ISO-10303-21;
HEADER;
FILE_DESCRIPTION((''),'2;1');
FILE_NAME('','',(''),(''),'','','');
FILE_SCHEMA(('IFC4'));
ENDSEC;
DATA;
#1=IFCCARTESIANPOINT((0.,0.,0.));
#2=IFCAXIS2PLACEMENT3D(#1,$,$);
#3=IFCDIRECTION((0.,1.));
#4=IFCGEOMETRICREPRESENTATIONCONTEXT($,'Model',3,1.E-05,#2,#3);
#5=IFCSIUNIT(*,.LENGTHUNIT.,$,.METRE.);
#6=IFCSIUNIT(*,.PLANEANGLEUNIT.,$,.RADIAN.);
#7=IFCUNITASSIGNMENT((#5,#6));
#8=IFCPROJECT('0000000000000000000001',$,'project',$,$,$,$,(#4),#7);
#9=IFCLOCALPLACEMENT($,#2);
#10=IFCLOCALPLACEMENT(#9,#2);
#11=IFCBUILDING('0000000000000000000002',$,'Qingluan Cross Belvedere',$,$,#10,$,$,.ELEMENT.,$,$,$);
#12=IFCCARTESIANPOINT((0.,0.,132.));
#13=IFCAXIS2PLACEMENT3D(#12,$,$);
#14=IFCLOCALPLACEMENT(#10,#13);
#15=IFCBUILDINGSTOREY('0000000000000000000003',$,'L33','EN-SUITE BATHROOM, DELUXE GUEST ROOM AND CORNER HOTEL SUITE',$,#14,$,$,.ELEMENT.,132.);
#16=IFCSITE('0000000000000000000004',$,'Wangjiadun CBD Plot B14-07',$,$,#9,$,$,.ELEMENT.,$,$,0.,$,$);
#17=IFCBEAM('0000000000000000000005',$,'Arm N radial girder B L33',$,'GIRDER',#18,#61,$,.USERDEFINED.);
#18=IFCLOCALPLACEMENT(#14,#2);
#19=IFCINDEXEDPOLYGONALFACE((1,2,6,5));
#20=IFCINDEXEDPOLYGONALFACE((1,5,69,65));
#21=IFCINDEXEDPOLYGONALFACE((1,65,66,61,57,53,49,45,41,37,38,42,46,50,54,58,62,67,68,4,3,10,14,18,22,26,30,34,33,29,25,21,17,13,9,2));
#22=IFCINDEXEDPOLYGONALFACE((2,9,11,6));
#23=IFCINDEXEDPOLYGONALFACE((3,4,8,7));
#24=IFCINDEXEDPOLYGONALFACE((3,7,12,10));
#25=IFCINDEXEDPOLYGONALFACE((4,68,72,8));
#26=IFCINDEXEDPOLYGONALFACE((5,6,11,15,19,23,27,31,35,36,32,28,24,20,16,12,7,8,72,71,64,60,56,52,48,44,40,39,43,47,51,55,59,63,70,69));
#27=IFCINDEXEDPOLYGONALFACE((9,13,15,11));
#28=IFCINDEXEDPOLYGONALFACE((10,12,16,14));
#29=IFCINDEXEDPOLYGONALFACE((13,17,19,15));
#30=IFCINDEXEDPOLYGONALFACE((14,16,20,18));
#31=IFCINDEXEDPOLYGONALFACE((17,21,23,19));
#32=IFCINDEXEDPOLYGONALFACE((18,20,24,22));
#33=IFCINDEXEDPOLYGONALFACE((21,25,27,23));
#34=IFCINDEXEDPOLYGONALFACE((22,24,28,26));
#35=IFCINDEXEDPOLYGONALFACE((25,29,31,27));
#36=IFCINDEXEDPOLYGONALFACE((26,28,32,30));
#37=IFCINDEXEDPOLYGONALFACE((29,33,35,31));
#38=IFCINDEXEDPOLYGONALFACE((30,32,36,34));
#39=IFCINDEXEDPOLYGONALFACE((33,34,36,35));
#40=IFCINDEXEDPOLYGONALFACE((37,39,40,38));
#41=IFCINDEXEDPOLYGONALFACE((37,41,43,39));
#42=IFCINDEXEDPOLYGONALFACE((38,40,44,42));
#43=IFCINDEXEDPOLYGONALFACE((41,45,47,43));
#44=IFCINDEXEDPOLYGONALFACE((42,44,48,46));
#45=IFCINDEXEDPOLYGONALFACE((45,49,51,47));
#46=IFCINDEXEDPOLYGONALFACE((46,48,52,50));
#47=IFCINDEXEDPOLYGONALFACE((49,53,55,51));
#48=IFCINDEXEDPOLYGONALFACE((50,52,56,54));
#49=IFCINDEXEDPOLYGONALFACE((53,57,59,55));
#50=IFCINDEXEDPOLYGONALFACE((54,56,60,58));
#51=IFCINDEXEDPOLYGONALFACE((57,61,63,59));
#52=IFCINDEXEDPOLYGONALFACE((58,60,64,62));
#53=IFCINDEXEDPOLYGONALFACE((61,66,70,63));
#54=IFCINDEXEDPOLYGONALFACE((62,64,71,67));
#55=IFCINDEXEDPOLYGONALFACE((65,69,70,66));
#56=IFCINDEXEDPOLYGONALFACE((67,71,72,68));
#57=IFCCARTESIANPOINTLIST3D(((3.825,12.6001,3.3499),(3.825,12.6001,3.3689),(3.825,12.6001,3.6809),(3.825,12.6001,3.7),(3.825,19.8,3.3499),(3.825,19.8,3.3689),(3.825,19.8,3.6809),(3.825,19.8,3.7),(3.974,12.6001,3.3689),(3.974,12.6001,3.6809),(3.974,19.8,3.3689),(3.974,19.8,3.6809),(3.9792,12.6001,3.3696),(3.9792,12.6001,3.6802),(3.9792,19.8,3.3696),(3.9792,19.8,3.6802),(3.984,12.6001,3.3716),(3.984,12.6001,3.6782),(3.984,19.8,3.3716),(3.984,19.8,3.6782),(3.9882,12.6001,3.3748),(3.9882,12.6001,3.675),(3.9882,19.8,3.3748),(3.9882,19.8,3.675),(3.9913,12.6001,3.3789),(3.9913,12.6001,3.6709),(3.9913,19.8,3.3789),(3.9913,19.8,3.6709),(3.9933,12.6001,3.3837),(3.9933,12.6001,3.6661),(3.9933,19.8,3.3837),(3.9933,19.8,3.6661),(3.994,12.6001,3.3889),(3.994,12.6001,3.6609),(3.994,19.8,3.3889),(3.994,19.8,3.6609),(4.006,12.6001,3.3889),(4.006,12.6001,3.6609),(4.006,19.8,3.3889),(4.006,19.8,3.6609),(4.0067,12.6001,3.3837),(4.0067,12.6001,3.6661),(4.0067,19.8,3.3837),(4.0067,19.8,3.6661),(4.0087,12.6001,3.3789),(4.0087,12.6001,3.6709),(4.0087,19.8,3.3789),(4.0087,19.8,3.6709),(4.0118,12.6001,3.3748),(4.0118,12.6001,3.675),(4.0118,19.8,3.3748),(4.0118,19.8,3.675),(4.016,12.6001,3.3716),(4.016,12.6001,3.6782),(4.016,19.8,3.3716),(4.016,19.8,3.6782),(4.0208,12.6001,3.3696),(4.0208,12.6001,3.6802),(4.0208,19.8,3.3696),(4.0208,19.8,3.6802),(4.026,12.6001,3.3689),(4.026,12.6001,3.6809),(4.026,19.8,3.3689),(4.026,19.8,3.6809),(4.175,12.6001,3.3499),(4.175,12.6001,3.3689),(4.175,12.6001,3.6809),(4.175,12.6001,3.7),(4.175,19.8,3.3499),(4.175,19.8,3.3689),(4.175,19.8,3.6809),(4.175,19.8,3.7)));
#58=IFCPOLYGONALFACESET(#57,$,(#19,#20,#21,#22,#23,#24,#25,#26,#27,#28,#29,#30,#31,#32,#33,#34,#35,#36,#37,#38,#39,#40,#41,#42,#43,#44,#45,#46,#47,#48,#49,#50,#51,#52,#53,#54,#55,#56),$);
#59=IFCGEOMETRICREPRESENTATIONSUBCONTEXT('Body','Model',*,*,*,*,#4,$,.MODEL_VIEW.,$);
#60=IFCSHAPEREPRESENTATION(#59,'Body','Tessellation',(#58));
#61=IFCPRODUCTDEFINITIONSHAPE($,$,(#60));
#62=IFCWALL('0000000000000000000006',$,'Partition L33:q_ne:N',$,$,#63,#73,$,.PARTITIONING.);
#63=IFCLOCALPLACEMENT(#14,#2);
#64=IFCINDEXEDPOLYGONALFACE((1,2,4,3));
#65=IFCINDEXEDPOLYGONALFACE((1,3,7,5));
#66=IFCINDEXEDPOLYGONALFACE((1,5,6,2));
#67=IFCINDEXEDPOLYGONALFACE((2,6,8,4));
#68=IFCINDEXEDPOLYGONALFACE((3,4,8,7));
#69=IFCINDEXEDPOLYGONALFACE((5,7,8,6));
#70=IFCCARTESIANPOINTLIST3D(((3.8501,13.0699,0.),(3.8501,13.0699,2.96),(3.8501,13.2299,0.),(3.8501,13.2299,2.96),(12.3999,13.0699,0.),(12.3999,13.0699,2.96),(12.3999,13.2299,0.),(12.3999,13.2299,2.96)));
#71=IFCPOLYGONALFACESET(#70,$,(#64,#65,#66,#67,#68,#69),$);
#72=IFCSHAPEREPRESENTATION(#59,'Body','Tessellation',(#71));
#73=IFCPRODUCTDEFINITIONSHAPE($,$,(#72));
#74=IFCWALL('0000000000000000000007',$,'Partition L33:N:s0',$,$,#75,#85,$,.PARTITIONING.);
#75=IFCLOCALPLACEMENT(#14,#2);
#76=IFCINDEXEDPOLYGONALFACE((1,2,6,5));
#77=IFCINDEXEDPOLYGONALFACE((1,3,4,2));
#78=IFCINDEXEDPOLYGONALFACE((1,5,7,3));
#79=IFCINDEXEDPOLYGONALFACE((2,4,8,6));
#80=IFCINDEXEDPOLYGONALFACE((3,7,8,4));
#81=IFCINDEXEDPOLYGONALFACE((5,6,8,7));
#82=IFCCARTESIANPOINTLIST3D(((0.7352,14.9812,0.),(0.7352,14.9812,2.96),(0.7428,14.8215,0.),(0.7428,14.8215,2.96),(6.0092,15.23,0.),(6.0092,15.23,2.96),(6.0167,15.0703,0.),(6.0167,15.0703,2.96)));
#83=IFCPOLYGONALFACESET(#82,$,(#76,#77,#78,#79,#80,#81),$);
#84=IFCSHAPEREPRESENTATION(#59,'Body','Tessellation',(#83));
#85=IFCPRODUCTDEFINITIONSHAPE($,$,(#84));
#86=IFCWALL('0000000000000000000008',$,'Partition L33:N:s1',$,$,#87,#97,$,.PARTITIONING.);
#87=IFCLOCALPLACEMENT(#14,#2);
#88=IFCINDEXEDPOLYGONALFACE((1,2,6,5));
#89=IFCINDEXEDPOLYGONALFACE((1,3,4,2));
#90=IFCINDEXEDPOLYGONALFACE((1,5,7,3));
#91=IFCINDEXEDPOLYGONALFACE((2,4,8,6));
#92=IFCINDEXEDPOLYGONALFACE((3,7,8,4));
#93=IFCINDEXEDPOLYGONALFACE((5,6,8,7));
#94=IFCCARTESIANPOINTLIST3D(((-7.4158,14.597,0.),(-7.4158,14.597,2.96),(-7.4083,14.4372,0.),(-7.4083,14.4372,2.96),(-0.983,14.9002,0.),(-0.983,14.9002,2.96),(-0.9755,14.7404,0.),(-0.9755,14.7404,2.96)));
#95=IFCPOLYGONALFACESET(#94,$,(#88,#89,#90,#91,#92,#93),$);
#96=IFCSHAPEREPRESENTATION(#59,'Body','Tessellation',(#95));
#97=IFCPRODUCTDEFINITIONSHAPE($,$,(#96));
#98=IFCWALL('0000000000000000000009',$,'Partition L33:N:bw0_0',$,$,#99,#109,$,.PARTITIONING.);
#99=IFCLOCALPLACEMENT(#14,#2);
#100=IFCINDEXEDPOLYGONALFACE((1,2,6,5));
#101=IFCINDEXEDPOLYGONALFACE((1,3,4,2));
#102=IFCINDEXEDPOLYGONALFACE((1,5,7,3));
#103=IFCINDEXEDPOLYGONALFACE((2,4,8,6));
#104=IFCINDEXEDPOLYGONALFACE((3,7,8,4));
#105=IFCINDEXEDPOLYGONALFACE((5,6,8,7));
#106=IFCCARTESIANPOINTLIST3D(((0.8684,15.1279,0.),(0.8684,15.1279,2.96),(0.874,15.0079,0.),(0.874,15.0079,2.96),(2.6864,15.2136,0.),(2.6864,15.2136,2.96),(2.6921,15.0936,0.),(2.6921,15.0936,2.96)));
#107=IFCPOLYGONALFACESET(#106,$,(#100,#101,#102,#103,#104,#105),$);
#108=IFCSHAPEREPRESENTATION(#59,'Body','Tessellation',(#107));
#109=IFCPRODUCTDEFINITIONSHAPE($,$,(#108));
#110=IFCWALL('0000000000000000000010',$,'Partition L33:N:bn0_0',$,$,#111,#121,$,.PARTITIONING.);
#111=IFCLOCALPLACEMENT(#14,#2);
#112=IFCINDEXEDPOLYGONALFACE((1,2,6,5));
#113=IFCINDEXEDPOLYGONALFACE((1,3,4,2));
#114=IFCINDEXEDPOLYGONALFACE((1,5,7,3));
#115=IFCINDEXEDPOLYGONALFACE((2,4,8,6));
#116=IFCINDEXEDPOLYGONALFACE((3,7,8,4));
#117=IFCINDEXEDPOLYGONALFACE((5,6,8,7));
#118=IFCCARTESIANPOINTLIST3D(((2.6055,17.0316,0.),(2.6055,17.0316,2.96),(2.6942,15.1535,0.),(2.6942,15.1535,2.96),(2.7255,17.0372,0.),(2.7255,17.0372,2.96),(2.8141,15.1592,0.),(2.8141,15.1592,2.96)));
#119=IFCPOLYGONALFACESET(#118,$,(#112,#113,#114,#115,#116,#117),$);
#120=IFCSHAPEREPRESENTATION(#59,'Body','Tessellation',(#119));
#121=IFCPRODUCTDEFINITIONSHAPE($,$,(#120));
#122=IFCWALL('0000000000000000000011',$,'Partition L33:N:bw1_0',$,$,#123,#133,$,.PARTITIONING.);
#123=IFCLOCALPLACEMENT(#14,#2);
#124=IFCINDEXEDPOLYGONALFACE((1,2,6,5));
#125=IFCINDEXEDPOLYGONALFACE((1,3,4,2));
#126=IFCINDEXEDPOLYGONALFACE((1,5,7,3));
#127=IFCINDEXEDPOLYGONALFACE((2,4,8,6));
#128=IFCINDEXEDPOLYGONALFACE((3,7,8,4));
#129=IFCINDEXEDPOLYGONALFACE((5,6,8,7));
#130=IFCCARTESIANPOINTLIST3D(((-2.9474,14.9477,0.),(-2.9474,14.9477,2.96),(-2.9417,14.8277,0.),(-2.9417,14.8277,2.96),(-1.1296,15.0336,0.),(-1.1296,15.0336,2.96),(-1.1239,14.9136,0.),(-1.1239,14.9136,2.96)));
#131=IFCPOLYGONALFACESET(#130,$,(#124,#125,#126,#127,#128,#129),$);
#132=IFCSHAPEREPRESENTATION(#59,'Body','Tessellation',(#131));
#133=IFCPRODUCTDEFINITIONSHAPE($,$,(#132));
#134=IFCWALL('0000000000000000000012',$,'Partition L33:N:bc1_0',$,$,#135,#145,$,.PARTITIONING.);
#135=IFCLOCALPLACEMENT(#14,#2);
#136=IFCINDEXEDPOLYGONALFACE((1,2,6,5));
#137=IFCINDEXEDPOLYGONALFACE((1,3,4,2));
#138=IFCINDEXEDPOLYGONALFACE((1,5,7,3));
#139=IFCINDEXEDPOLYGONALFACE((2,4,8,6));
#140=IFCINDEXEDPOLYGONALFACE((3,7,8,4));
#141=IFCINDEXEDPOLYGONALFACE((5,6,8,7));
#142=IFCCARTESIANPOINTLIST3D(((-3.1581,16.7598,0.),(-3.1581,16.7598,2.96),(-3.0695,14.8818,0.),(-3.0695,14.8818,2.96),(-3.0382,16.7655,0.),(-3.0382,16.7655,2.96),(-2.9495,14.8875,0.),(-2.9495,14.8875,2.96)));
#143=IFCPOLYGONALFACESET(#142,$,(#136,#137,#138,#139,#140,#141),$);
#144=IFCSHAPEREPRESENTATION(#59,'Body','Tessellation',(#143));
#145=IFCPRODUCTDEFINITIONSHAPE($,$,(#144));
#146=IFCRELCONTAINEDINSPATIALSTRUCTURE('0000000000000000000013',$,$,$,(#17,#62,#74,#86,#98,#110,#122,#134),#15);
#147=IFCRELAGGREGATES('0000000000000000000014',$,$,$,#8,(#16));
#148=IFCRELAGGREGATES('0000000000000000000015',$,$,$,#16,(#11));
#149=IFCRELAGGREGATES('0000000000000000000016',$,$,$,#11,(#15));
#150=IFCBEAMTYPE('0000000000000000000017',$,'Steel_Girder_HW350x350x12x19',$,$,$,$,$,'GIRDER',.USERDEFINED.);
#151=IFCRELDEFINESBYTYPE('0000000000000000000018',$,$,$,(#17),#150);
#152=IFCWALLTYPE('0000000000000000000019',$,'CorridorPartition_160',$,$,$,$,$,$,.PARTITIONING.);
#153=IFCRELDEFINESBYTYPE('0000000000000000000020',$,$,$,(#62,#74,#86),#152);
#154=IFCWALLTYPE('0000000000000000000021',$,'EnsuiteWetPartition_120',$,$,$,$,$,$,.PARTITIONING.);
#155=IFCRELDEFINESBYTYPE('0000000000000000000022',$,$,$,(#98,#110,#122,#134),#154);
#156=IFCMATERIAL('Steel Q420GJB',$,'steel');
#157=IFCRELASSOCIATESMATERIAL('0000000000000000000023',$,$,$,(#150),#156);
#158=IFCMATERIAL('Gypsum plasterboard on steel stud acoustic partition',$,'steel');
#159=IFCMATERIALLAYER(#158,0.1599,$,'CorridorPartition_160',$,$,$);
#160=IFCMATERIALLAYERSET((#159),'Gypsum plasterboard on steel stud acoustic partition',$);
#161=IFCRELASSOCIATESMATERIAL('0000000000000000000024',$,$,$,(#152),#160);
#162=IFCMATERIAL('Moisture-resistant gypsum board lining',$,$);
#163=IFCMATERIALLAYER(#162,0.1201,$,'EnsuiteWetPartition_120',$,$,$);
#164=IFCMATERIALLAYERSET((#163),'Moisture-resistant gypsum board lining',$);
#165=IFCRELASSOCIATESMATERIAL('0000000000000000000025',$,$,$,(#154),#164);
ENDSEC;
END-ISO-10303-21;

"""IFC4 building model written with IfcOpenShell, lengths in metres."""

from ifc_helpers import new_model, si_unit, direction, frame, frame_2d, origin, origin_2d, place, context, subcontext, project, spatial, rectangle, i_section, extrude, material, layer, layer_set, material_profile, profile_set, type_object, element, save


model = new_model("IFC4")

# Units and contexts
model_context = context("Model", 3, precision=1e-05, world=origin(), true_north=direction((0.0, 1.0)))
body_context = subcontext(model_context, "Body", "Model", "MODEL_VIEW")
ifc_project = project(units=[si_unit("LENGTHUNIT", "METRE"), si_unit("PLANEANGLEUNIT", "RADIAN")], contexts=[model_context])

# Site, building, storey
site_placement = place(None, origin())
site = spatial("IfcSite", under=ifc_project, at=site_placement, Name="Wangjiadun CBD Plot B14-07", CompositionType="ELEMENT", RefElevation=0.0)
building_placement = place(site_placement, origin())
building = spatial("IfcBuilding", under=site, at=building_placement, Name="Qingluan Cross Belvedere", CompositionType="ELEMENT")
storey_placement = place(building_placement, frame((0.0, 0.0, 132.0)))
storey = spatial("IfcBuildingStorey", under=building, at=storey_placement, Name="L33", Description="EN-SUITE BATHROOM, DELUXE GUEST ROOM AND CORNER HOTEL SUITE", CompositionType="ELEMENT", Elevation=132.0)

# Beam
ifc_material_1 = material(Name="Steel Q420GJB", Category="steel")
ifc_material_profile_1 = material_profile(ifc_material_1, i_section(OverallWidth=0.3501, OverallDepth=0.3501, WebThickness=0.012, FlangeThickness=0.019, FilletRadius=0.02, at=origin_2d()), Name="HW350x350x12x19")
ifc_profile_set_1 = profile_set([ifc_material_profile_1], Name="Steel Q420GJB")
beam_type_1 = type_object("IfcBeamType", Name="Steel_Girder_HW350x350x12x19", ElementType="GIRDER", PredefinedType="USERDEFINED", material=ifc_profile_set_1)
beam_1_placement = place(storey_placement, frame((4.0, 12.6001, 3.5249), z_axis=(0.0, 1.0, 0.0), x_axis=(-1.0, 0.0, 0.0)))
element("IfcBeam", 1, at=beam_1_placement, inside=storey, type_object=beam_type_1, Name="Arm N radial girder B L33", ObjectType="GIRDER", PredefinedType="USERDEFINED", context=body_context, shape_type="SweptSolid", body=[
    extrude(i_section(OverallWidth=0.3501, OverallDepth=0.3501, WebThickness=0.012, FlangeThickness=0.019, FilletRadius=0.02, at=origin_2d()), origin(), (0.0, 0.0, 1.0), 7.2),
])

# Wall
ifc_material_2 = material(Name="Gypsum plasterboard on steel stud acoustic partition", Category="steel")
ifc_layer_1 = layer(ifc_material_2, 0.1599, Name="CorridorPartition_160")
ifc_layer_set_1 = layer_set([ifc_layer_1], Name="Gypsum plasterboard on steel stud acoustic partition")
wall_type_1 = type_object("IfcWallType", Name="CorridorPartition_160", PredefinedType="PARTITIONING", material=ifc_layer_set_1)
wall_1_placement = place(storey_placement, frame((3.8501, 13.1499, 0.0), z_axis=(0.0, 0.0, 1.0), x_axis=(1.0, 0.0, 0.0)))
element("IfcWall", 2, at=wall_1_placement, inside=storey, type_object=wall_type_1, Name="Partition L33:q_ne:N", PredefinedType="PARTITIONING", context=body_context, shape_type="SweptSolid", body=[
    extrude(rectangle(XDim=8.5498, YDim=0.1599, at=frame_2d((4.2749, 0.0))), origin(), (0.0, 0.0, 1.0), 2.96),
])

# Wall
wall_2_placement = place(storey_placement, frame((0.739, 14.9014, 0.0), z_axis=(0.0, 0.0, 1.0), x_axis=(0.998889, 0.047119, 0.0)))
element("IfcWall", 3, at=wall_2_placement, inside=storey, type_object=wall_type_1, Name="Partition L33:N:s0", PredefinedType="PARTITIONING", context=body_context, shape_type="SweptSolid", body=[
    extrude(rectangle(XDim=5.2798, YDim=0.1599, at=frame_2d((2.6399, 0.0))), origin(), (0.0, 0.0, 1.0), 2.96),
])

# Walls
wall_3_placement = place(storey_placement, frame((-0.9792, 14.8203, 0.0), z_axis=(0.0, 0.0, 1.0), x_axis=(-0.998891, -0.047084, 0.0)))
element("IfcWall", 4, at=wall_3_placement, inside=storey, type_object=wall_type_1, Name="Partition L33:N:s1", PredefinedType="PARTITIONING", context=body_context, shape_type="SweptSolid", body=[
    extrude(rectangle(XDim=6.4399, YDim=0.1599, at=frame_2d((3.22, 0.0))), origin(), (0.0, 0.0, 1.0), 2.96),
])
ifc_material_3 = material(Name="Moisture-resistant gypsum board lining")
ifc_layer_2 = layer(ifc_material_3, 0.1201, Name="EnsuiteWetPartition_120")
ifc_layer_set_2 = layer_set([ifc_layer_2], Name="Moisture-resistant gypsum board lining")
wall_type_2 = type_object("IfcWallType", Name="EnsuiteWetPartition_120", PredefinedType="PARTITIONING", material=ifc_layer_set_2)
wall_4_placement = place(storey_placement, frame((0.8711, 15.0679, 0.0), z_axis=(0.0, 0.0, 1.0), x_axis=(0.998891, 0.047081, 0.0)))
element("IfcWall", 5, at=wall_4_placement, inside=storey, type_object=wall_type_2, Name="Partition L33:N:bw0_0", PredefinedType="PARTITIONING", context=body_context, shape_type="SweptSolid", body=[
    extrude(rectangle(XDim=1.8201, YDim=0.1201, at=frame_2d((0.9102, 0.0))), origin(), (0.0, 0.0, 1.0), 2.96),
])
wall_5_placement = place(storey_placement, frame((2.7542, 15.1565, 0.0), z_axis=(0.0, 0.0, 1.0), x_axis=(-0.047139, 0.998888, 0.0)))
element("IfcWall", 6, at=wall_5_placement, inside=storey, type_object=wall_type_2, Name="Partition L33:N:bn0_0", PredefinedType="PARTITIONING", context=body_context, shape_type="SweptSolid", body=[
    extrude(rectangle(XDim=1.8801, YDim=0.1201, at=frame_2d((0.9399, 0.0))), origin(), (0.0, 0.0, 1.0), 2.96),
])
wall_6_placement = place(storey_placement, frame((-2.9446, 14.8877, 0.0), z_axis=(0.0, 0.0, 1.0), x_axis=(0.998884, 0.047221, 0.0)))
element("IfcWall", 7, at=wall_6_placement, inside=storey, type_object=wall_type_2, Name="Partition L33:N:bw1_0", PredefinedType="PARTITIONING", context=body_context, shape_type="SweptSolid", body=[
    extrude(rectangle(XDim=1.8198, YDim=0.1201, at=frame_2d((0.9099, 0.0))), origin(), (0.0, 0.0, 1.0), 2.96),
])
wall_7_placement = place(storey_placement, frame((-3.0095, 14.8848, 0.0), z_axis=(0.0, 0.0, 1.0), x_axis=(-0.047139, 0.998888, 0.0)))
element("IfcWall", 8, at=wall_7_placement, inside=storey, type_object=wall_type_2, Name="Partition L33:N:bc1_0", PredefinedType="PARTITIONING", context=body_context, shape_type="SweptSolid", body=[
    extrude(rectangle(XDim=1.8801, YDim=0.1201, at=frame_2d((0.9399, 0.0))), origin(), (0.0, 0.0, 1.0), 2.96),
])

save(model, "model.ifc")
